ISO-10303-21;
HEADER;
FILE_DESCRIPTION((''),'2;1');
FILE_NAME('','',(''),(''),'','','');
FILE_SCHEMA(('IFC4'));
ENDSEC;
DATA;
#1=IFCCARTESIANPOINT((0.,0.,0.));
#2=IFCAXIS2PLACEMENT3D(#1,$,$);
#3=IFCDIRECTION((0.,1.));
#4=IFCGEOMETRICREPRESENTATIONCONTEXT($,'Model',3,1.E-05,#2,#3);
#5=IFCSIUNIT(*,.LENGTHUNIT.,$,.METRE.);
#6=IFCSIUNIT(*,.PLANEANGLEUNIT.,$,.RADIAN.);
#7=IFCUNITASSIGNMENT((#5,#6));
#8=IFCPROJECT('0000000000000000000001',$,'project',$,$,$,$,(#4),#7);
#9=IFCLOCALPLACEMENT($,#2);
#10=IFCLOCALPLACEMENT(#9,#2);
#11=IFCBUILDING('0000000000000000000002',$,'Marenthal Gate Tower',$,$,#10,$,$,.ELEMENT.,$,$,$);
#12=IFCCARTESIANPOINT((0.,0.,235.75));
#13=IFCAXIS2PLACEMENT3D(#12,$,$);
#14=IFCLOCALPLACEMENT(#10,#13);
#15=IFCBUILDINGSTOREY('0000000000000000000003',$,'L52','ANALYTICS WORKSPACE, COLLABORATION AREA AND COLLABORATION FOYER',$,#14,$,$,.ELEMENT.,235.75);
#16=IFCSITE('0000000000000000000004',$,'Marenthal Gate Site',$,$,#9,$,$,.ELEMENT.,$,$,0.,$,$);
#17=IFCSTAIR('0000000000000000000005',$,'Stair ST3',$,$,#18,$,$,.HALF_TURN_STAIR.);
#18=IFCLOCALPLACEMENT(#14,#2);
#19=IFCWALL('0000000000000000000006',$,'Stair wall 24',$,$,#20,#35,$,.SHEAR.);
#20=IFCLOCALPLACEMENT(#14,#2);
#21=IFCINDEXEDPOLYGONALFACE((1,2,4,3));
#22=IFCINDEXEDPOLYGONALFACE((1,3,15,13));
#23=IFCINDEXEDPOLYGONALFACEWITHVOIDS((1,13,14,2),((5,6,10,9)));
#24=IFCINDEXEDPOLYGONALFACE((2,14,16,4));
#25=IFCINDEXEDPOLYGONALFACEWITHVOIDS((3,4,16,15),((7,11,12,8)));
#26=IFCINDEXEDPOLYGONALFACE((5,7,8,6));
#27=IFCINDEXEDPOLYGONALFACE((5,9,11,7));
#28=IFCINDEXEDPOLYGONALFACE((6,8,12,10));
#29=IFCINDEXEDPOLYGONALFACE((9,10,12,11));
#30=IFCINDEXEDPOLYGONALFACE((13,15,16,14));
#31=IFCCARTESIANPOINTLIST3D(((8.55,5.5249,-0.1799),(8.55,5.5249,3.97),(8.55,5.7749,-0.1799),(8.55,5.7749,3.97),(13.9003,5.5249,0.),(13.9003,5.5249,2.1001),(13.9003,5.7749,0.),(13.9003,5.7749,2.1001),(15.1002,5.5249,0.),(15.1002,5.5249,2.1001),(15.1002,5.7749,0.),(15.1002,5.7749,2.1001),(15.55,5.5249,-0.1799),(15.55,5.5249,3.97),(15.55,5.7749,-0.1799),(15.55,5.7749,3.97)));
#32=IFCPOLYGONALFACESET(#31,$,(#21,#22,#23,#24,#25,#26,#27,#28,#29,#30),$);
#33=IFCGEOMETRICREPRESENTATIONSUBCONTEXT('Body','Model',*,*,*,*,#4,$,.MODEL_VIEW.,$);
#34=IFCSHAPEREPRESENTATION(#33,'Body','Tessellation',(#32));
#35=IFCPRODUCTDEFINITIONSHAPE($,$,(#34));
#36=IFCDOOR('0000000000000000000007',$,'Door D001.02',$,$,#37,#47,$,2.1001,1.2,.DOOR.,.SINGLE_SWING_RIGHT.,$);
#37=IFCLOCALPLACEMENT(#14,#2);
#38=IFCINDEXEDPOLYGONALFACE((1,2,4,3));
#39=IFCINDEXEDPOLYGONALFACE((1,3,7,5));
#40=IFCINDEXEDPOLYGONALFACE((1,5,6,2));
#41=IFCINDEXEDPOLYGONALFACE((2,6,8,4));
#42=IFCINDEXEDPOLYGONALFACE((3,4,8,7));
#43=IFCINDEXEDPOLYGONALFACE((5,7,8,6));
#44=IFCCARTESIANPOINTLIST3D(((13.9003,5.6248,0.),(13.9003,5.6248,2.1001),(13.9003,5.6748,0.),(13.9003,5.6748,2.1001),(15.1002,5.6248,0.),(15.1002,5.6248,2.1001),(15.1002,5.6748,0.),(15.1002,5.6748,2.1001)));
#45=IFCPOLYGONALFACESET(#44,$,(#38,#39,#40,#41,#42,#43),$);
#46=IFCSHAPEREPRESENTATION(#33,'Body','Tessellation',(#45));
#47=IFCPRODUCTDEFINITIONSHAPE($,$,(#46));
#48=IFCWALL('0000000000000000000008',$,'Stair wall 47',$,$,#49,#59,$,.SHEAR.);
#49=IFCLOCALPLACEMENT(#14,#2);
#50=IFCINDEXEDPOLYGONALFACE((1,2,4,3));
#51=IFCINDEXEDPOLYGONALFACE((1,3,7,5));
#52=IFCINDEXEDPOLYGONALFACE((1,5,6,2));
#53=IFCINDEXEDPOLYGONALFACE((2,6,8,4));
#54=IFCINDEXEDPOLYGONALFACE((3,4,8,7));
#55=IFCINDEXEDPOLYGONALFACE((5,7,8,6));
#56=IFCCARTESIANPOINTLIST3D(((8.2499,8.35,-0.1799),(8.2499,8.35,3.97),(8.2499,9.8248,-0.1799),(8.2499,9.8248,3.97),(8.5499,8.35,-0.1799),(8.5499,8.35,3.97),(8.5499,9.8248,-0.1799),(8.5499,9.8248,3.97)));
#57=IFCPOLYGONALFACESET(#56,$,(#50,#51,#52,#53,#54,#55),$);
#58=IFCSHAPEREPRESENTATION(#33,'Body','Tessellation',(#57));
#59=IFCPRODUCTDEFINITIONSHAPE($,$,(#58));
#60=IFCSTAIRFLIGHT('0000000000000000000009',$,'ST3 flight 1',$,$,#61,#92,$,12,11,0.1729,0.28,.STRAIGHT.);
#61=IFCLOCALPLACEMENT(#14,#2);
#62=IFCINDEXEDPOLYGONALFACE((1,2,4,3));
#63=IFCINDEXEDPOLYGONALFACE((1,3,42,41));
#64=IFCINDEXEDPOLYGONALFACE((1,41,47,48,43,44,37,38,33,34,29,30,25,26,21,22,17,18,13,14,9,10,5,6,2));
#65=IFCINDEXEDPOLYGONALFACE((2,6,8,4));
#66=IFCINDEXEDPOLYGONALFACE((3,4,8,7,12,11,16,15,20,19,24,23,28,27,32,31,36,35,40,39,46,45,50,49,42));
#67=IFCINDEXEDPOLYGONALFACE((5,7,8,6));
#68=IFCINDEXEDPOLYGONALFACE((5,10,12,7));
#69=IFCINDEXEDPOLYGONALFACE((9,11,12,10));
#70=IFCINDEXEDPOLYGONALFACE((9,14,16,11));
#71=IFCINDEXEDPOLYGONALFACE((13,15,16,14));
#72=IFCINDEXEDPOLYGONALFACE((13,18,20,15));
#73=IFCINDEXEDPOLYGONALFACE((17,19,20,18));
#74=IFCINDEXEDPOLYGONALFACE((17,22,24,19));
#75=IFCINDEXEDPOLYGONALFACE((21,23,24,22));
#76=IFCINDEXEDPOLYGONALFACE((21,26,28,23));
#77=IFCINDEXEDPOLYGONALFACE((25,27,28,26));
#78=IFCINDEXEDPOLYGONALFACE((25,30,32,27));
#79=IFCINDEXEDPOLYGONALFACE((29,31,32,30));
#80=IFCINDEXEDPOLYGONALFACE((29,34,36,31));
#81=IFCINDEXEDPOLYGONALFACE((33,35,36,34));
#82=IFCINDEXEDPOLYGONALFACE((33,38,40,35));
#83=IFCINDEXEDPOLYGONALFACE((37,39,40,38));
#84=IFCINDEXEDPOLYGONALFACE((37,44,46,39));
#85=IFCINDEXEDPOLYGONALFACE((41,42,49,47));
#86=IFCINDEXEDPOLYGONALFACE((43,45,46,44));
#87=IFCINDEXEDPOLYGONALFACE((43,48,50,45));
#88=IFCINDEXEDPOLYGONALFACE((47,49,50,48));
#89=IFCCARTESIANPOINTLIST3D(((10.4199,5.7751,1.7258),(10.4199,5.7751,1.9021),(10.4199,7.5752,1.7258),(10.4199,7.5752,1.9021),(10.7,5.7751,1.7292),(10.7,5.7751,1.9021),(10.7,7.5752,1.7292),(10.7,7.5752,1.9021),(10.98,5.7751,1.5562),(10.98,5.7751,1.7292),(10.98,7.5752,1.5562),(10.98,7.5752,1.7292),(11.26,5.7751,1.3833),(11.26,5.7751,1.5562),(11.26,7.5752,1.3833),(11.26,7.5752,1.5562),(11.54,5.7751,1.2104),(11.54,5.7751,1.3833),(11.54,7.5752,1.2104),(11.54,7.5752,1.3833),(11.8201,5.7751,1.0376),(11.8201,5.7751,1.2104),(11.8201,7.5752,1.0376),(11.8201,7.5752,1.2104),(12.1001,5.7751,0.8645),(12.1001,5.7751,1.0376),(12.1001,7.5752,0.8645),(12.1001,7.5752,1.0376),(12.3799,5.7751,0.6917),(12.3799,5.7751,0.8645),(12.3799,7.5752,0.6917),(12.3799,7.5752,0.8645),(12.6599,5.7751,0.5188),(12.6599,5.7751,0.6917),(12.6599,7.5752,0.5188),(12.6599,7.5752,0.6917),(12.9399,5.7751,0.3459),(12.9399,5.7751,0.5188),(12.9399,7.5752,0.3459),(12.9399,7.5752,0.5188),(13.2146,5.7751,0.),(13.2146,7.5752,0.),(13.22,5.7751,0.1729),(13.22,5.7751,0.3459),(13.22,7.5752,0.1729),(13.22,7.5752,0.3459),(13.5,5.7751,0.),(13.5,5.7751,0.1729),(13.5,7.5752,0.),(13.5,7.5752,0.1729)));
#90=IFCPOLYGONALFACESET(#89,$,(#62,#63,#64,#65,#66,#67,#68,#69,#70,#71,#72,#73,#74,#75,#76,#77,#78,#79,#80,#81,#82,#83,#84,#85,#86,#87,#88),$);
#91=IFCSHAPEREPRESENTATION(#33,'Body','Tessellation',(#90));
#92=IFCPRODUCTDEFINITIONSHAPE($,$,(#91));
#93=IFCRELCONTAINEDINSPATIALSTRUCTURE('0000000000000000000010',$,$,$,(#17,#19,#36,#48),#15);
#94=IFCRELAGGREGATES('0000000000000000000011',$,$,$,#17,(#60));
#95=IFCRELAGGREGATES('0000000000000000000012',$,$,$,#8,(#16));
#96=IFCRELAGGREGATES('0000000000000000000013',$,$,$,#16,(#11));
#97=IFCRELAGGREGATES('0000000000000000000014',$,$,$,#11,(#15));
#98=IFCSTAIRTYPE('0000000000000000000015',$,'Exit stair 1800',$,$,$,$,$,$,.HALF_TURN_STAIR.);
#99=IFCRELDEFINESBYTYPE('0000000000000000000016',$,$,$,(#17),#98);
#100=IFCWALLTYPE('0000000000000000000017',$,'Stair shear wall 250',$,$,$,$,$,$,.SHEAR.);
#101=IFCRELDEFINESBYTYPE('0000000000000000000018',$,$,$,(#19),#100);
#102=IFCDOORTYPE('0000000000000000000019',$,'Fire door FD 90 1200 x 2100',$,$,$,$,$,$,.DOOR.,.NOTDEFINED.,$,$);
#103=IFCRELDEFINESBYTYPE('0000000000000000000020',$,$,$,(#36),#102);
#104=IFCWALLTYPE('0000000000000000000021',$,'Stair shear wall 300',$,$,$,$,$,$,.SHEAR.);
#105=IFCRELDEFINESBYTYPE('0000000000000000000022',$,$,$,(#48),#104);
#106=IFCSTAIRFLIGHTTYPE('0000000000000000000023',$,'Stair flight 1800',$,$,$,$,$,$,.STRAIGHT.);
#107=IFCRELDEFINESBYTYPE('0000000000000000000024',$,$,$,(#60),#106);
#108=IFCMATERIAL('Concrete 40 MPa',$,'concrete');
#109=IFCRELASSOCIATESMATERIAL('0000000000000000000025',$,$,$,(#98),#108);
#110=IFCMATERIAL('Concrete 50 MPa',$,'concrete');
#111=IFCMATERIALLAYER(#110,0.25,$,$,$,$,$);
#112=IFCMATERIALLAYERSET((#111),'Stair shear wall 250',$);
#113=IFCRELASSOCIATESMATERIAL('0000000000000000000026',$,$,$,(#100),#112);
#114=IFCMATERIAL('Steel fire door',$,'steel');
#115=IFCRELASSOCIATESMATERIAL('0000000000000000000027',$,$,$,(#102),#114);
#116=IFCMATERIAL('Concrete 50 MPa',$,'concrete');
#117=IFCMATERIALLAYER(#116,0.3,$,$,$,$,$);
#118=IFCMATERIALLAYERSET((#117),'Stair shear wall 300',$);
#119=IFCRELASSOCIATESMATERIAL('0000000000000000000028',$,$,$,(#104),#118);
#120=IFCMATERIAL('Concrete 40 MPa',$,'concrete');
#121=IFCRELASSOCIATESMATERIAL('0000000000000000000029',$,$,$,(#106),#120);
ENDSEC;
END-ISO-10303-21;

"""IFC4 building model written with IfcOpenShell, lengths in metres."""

from ifc_helpers import new_model, si_unit, direction, frame, frame_2d, origin, place, context, subcontext, project, spatial, polyline, rectangle, outline, extrude, material, layer, layer_set, type_object, element, fill, aggregate, save


model = new_model("IFC4")

# Units and contexts
model_context = context("Model", 3, precision=1e-05, world=origin(), true_north=direction((0.0, 1.0)))
body_context = subcontext(model_context, "Body", "Model", "MODEL_VIEW")
ifc_project = project(units=[si_unit("LENGTHUNIT", "METRE"), si_unit("PLANEANGLEUNIT", "RADIAN")], contexts=[model_context])

# Site, building, storey
site_placement = place(None, origin())
site = spatial("IfcSite", under=ifc_project, at=site_placement, Name="Marenthal Gate Site", CompositionType="ELEMENT", RefElevation=0.0)
building_placement = place(site_placement, origin())
building = spatial("IfcBuilding", under=site, at=building_placement, Name="Marenthal Gate Tower", CompositionType="ELEMENT")
storey_placement = place(building_placement, frame((0.0, 0.0, 235.75)))
storey = spatial("IfcBuildingStorey", under=building, at=storey_placement, Name="L52", Description="ANALYTICS WORKSPACE, COLLABORATION AREA AND COLLABORATION FOYER", CompositionType="ELEMENT", Elevation=235.75)

# Stair
ifc_material_1 = material(Name="Concrete 40 MPa", Category="concrete")
stair_type = type_object("IfcStairType", Name="Exit stair 1800", PredefinedType="HALF_TURN_STAIR", material=ifc_material_1)
stair_1_placement = place(storey_placement, origin())
stair_1 = element("IfcStair", 1, at=stair_1_placement, inside=storey, type_object=stair_type, Name="Stair ST3", PredefinedType="HALF_TURN_STAIR")

# Wall, opening, door
ifc_material_2 = material(Name="Concrete 50 MPa", Category="concrete")
ifc_layer_1 = layer(ifc_material_2, 0.25)
ifc_layer_set_1 = layer_set([ifc_layer_1], Name="Stair shear wall 250")
wall_type_1 = type_object("IfcWallType", Name="Stair shear wall 250", PredefinedType="SHEAR", material=ifc_layer_set_1)
wall_1_placement = place(storey_placement, frame((8.55, 5.6499, -0.1799), z_axis=(0.0, 0.0, 1.0), x_axis=(1.0, 0.0, 0.0)))
wall_1 = element("IfcWall", 2, at=wall_1_placement, inside=storey, type_object=wall_type_1, Name="Stair wall 24", PredefinedType="SHEAR", context=body_context, shape_type="SweptSolid", body=[
    extrude(rectangle(XDim=7.0, YDim=0.25, at=frame_2d((3.5, 0.0))), origin(), (0.0, 0.0, 1.0), 4.1499),
])
opening_placement = place(wall_1_placement, frame((5.3501, 0.0, 0.1799)))
opening = element("IfcOpeningElement", 3, at=opening_placement, cuts=wall_1, PredefinedType="OPENING", context=body_context, shape_type="SweptSolid", body=[
    extrude(rectangle(XDim=1.2, YDim=2.1001, at=frame_2d((0.6001, 1.05))), frame((0.0, 0.135, 0.0), z_axis=(0.0, -1.0, 0.0), x_axis=(1.0, 0.0, 0.0)), (0.0, 0.0, 1.0), 0.27),
])
ifc_material_3 = material(Name="Steel fire door", Category="steel")
door_type = type_object("IfcDoorType", Name="Fire door FD 90 1200 x 2100", OperationType="NOTDEFINED", PredefinedType="DOOR", material=ifc_material_3)
door_placement = place(opening_placement, origin())
door = element("IfcDoor", 4, at=door_placement, inside=storey, type_object=door_type, Name="Door D001.02", OperationType="SINGLE_SWING_RIGHT", OverallHeight=2.1001, OverallWidth=1.2, PredefinedType="DOOR", context=body_context, shape_type="SweptSolid", body=[
    extrude(rectangle(XDim=1.2, YDim=2.1001, at=frame_2d((0.6001, 1.05))), frame((0.0, 0.0249, 0.0), z_axis=(0.0, -1.0, 0.0), x_axis=(1.0, 0.0, 0.0)), (0.0, 0.0, 1.0), 0.05),
])
fill(opening, door)

# Wall
ifc_material_4 = material(Name="Concrete 50 MPa", Category="concrete")
ifc_layer_2 = layer(ifc_material_4, 0.3)
ifc_layer_set_2 = layer_set([ifc_layer_2], Name="Stair shear wall 300")
wall_type_2 = type_object("IfcWallType", Name="Stair shear wall 300", PredefinedType="SHEAR", material=ifc_layer_set_2)
wall_2_placement = place(storey_placement, frame((8.3999, 8.3501, -0.1799), z_axis=(0.0, 0.0, 1.0), x_axis=(0.0, 1.0, 0.0)))
element("IfcWall", 5, at=wall_2_placement, inside=storey, type_object=wall_type_2, Name="Stair wall 47", PredefinedType="SHEAR", context=body_context, shape_type="SweptSolid", body=[
    extrude(rectangle(XDim=1.4749, YDim=0.3, at=frame_2d((0.7373, 0.0))), origin(), (0.0, 0.0, 1.0), 4.1499),
])

# Stair flight
ifc_material_5 = material(Name="Concrete 40 MPa", Category="concrete")
stair_flight_type = type_object("IfcStairFlightType", Name="Stair flight 1800", PredefinedType="STRAIGHT", material=ifc_material_5)
stair_flight_placement = place(storey_placement, frame((13.5, 6.675, 0.0), z_axis=(0.0, 0.0, 1.0), x_axis=(-1.0, 0.0, 0.0)))
stair_flight = element("IfcStairFlight", 6, at=stair_flight_placement, type_object=stair_flight_type, Name="ST3 flight 1", NumberOfRisers=12, NumberOfTreads=11, PredefinedType="STRAIGHT", RiserHeight=0.1729, TreadLength=0.28, context=body_context, shape_type="SweptSolid", body=[
    extrude(outline(polyline([(0.0, 0.0), (0.0, 0.1729), (0.28, 0.1729), (0.28, 0.3459), (0.5601, 0.3459), (0.5601, 0.5188), (0.8401, 0.5188), (0.8401, 0.6917), (1.1201, 0.6917), (1.1201, 0.8645), (1.3999, 0.8645), (1.3999, 1.0376), (1.6799, 1.0376), (1.6799, 1.2104), (1.96, 1.2104), (1.96, 1.3833), (2.24, 1.3833), (2.24, 1.5562), (2.52, 1.5562), (2.52, 1.7292), (2.8, 1.7292), (2.8, 1.9021), (3.0801, 1.9021), (3.0801, 2.075), (3.0801, 1.7258), (0.2854, 0.0), (0.0, 0.0)])), frame((0.0, 0.8999, 0.0), z_axis=(0.0, -1.0, 0.0), x_axis=(1.0, 0.0, 0.0)), (0.0, 0.0, 1.0), 1.8),
])
aggregate(stair_1, [stair_flight])

save(model, "model.ifc")
